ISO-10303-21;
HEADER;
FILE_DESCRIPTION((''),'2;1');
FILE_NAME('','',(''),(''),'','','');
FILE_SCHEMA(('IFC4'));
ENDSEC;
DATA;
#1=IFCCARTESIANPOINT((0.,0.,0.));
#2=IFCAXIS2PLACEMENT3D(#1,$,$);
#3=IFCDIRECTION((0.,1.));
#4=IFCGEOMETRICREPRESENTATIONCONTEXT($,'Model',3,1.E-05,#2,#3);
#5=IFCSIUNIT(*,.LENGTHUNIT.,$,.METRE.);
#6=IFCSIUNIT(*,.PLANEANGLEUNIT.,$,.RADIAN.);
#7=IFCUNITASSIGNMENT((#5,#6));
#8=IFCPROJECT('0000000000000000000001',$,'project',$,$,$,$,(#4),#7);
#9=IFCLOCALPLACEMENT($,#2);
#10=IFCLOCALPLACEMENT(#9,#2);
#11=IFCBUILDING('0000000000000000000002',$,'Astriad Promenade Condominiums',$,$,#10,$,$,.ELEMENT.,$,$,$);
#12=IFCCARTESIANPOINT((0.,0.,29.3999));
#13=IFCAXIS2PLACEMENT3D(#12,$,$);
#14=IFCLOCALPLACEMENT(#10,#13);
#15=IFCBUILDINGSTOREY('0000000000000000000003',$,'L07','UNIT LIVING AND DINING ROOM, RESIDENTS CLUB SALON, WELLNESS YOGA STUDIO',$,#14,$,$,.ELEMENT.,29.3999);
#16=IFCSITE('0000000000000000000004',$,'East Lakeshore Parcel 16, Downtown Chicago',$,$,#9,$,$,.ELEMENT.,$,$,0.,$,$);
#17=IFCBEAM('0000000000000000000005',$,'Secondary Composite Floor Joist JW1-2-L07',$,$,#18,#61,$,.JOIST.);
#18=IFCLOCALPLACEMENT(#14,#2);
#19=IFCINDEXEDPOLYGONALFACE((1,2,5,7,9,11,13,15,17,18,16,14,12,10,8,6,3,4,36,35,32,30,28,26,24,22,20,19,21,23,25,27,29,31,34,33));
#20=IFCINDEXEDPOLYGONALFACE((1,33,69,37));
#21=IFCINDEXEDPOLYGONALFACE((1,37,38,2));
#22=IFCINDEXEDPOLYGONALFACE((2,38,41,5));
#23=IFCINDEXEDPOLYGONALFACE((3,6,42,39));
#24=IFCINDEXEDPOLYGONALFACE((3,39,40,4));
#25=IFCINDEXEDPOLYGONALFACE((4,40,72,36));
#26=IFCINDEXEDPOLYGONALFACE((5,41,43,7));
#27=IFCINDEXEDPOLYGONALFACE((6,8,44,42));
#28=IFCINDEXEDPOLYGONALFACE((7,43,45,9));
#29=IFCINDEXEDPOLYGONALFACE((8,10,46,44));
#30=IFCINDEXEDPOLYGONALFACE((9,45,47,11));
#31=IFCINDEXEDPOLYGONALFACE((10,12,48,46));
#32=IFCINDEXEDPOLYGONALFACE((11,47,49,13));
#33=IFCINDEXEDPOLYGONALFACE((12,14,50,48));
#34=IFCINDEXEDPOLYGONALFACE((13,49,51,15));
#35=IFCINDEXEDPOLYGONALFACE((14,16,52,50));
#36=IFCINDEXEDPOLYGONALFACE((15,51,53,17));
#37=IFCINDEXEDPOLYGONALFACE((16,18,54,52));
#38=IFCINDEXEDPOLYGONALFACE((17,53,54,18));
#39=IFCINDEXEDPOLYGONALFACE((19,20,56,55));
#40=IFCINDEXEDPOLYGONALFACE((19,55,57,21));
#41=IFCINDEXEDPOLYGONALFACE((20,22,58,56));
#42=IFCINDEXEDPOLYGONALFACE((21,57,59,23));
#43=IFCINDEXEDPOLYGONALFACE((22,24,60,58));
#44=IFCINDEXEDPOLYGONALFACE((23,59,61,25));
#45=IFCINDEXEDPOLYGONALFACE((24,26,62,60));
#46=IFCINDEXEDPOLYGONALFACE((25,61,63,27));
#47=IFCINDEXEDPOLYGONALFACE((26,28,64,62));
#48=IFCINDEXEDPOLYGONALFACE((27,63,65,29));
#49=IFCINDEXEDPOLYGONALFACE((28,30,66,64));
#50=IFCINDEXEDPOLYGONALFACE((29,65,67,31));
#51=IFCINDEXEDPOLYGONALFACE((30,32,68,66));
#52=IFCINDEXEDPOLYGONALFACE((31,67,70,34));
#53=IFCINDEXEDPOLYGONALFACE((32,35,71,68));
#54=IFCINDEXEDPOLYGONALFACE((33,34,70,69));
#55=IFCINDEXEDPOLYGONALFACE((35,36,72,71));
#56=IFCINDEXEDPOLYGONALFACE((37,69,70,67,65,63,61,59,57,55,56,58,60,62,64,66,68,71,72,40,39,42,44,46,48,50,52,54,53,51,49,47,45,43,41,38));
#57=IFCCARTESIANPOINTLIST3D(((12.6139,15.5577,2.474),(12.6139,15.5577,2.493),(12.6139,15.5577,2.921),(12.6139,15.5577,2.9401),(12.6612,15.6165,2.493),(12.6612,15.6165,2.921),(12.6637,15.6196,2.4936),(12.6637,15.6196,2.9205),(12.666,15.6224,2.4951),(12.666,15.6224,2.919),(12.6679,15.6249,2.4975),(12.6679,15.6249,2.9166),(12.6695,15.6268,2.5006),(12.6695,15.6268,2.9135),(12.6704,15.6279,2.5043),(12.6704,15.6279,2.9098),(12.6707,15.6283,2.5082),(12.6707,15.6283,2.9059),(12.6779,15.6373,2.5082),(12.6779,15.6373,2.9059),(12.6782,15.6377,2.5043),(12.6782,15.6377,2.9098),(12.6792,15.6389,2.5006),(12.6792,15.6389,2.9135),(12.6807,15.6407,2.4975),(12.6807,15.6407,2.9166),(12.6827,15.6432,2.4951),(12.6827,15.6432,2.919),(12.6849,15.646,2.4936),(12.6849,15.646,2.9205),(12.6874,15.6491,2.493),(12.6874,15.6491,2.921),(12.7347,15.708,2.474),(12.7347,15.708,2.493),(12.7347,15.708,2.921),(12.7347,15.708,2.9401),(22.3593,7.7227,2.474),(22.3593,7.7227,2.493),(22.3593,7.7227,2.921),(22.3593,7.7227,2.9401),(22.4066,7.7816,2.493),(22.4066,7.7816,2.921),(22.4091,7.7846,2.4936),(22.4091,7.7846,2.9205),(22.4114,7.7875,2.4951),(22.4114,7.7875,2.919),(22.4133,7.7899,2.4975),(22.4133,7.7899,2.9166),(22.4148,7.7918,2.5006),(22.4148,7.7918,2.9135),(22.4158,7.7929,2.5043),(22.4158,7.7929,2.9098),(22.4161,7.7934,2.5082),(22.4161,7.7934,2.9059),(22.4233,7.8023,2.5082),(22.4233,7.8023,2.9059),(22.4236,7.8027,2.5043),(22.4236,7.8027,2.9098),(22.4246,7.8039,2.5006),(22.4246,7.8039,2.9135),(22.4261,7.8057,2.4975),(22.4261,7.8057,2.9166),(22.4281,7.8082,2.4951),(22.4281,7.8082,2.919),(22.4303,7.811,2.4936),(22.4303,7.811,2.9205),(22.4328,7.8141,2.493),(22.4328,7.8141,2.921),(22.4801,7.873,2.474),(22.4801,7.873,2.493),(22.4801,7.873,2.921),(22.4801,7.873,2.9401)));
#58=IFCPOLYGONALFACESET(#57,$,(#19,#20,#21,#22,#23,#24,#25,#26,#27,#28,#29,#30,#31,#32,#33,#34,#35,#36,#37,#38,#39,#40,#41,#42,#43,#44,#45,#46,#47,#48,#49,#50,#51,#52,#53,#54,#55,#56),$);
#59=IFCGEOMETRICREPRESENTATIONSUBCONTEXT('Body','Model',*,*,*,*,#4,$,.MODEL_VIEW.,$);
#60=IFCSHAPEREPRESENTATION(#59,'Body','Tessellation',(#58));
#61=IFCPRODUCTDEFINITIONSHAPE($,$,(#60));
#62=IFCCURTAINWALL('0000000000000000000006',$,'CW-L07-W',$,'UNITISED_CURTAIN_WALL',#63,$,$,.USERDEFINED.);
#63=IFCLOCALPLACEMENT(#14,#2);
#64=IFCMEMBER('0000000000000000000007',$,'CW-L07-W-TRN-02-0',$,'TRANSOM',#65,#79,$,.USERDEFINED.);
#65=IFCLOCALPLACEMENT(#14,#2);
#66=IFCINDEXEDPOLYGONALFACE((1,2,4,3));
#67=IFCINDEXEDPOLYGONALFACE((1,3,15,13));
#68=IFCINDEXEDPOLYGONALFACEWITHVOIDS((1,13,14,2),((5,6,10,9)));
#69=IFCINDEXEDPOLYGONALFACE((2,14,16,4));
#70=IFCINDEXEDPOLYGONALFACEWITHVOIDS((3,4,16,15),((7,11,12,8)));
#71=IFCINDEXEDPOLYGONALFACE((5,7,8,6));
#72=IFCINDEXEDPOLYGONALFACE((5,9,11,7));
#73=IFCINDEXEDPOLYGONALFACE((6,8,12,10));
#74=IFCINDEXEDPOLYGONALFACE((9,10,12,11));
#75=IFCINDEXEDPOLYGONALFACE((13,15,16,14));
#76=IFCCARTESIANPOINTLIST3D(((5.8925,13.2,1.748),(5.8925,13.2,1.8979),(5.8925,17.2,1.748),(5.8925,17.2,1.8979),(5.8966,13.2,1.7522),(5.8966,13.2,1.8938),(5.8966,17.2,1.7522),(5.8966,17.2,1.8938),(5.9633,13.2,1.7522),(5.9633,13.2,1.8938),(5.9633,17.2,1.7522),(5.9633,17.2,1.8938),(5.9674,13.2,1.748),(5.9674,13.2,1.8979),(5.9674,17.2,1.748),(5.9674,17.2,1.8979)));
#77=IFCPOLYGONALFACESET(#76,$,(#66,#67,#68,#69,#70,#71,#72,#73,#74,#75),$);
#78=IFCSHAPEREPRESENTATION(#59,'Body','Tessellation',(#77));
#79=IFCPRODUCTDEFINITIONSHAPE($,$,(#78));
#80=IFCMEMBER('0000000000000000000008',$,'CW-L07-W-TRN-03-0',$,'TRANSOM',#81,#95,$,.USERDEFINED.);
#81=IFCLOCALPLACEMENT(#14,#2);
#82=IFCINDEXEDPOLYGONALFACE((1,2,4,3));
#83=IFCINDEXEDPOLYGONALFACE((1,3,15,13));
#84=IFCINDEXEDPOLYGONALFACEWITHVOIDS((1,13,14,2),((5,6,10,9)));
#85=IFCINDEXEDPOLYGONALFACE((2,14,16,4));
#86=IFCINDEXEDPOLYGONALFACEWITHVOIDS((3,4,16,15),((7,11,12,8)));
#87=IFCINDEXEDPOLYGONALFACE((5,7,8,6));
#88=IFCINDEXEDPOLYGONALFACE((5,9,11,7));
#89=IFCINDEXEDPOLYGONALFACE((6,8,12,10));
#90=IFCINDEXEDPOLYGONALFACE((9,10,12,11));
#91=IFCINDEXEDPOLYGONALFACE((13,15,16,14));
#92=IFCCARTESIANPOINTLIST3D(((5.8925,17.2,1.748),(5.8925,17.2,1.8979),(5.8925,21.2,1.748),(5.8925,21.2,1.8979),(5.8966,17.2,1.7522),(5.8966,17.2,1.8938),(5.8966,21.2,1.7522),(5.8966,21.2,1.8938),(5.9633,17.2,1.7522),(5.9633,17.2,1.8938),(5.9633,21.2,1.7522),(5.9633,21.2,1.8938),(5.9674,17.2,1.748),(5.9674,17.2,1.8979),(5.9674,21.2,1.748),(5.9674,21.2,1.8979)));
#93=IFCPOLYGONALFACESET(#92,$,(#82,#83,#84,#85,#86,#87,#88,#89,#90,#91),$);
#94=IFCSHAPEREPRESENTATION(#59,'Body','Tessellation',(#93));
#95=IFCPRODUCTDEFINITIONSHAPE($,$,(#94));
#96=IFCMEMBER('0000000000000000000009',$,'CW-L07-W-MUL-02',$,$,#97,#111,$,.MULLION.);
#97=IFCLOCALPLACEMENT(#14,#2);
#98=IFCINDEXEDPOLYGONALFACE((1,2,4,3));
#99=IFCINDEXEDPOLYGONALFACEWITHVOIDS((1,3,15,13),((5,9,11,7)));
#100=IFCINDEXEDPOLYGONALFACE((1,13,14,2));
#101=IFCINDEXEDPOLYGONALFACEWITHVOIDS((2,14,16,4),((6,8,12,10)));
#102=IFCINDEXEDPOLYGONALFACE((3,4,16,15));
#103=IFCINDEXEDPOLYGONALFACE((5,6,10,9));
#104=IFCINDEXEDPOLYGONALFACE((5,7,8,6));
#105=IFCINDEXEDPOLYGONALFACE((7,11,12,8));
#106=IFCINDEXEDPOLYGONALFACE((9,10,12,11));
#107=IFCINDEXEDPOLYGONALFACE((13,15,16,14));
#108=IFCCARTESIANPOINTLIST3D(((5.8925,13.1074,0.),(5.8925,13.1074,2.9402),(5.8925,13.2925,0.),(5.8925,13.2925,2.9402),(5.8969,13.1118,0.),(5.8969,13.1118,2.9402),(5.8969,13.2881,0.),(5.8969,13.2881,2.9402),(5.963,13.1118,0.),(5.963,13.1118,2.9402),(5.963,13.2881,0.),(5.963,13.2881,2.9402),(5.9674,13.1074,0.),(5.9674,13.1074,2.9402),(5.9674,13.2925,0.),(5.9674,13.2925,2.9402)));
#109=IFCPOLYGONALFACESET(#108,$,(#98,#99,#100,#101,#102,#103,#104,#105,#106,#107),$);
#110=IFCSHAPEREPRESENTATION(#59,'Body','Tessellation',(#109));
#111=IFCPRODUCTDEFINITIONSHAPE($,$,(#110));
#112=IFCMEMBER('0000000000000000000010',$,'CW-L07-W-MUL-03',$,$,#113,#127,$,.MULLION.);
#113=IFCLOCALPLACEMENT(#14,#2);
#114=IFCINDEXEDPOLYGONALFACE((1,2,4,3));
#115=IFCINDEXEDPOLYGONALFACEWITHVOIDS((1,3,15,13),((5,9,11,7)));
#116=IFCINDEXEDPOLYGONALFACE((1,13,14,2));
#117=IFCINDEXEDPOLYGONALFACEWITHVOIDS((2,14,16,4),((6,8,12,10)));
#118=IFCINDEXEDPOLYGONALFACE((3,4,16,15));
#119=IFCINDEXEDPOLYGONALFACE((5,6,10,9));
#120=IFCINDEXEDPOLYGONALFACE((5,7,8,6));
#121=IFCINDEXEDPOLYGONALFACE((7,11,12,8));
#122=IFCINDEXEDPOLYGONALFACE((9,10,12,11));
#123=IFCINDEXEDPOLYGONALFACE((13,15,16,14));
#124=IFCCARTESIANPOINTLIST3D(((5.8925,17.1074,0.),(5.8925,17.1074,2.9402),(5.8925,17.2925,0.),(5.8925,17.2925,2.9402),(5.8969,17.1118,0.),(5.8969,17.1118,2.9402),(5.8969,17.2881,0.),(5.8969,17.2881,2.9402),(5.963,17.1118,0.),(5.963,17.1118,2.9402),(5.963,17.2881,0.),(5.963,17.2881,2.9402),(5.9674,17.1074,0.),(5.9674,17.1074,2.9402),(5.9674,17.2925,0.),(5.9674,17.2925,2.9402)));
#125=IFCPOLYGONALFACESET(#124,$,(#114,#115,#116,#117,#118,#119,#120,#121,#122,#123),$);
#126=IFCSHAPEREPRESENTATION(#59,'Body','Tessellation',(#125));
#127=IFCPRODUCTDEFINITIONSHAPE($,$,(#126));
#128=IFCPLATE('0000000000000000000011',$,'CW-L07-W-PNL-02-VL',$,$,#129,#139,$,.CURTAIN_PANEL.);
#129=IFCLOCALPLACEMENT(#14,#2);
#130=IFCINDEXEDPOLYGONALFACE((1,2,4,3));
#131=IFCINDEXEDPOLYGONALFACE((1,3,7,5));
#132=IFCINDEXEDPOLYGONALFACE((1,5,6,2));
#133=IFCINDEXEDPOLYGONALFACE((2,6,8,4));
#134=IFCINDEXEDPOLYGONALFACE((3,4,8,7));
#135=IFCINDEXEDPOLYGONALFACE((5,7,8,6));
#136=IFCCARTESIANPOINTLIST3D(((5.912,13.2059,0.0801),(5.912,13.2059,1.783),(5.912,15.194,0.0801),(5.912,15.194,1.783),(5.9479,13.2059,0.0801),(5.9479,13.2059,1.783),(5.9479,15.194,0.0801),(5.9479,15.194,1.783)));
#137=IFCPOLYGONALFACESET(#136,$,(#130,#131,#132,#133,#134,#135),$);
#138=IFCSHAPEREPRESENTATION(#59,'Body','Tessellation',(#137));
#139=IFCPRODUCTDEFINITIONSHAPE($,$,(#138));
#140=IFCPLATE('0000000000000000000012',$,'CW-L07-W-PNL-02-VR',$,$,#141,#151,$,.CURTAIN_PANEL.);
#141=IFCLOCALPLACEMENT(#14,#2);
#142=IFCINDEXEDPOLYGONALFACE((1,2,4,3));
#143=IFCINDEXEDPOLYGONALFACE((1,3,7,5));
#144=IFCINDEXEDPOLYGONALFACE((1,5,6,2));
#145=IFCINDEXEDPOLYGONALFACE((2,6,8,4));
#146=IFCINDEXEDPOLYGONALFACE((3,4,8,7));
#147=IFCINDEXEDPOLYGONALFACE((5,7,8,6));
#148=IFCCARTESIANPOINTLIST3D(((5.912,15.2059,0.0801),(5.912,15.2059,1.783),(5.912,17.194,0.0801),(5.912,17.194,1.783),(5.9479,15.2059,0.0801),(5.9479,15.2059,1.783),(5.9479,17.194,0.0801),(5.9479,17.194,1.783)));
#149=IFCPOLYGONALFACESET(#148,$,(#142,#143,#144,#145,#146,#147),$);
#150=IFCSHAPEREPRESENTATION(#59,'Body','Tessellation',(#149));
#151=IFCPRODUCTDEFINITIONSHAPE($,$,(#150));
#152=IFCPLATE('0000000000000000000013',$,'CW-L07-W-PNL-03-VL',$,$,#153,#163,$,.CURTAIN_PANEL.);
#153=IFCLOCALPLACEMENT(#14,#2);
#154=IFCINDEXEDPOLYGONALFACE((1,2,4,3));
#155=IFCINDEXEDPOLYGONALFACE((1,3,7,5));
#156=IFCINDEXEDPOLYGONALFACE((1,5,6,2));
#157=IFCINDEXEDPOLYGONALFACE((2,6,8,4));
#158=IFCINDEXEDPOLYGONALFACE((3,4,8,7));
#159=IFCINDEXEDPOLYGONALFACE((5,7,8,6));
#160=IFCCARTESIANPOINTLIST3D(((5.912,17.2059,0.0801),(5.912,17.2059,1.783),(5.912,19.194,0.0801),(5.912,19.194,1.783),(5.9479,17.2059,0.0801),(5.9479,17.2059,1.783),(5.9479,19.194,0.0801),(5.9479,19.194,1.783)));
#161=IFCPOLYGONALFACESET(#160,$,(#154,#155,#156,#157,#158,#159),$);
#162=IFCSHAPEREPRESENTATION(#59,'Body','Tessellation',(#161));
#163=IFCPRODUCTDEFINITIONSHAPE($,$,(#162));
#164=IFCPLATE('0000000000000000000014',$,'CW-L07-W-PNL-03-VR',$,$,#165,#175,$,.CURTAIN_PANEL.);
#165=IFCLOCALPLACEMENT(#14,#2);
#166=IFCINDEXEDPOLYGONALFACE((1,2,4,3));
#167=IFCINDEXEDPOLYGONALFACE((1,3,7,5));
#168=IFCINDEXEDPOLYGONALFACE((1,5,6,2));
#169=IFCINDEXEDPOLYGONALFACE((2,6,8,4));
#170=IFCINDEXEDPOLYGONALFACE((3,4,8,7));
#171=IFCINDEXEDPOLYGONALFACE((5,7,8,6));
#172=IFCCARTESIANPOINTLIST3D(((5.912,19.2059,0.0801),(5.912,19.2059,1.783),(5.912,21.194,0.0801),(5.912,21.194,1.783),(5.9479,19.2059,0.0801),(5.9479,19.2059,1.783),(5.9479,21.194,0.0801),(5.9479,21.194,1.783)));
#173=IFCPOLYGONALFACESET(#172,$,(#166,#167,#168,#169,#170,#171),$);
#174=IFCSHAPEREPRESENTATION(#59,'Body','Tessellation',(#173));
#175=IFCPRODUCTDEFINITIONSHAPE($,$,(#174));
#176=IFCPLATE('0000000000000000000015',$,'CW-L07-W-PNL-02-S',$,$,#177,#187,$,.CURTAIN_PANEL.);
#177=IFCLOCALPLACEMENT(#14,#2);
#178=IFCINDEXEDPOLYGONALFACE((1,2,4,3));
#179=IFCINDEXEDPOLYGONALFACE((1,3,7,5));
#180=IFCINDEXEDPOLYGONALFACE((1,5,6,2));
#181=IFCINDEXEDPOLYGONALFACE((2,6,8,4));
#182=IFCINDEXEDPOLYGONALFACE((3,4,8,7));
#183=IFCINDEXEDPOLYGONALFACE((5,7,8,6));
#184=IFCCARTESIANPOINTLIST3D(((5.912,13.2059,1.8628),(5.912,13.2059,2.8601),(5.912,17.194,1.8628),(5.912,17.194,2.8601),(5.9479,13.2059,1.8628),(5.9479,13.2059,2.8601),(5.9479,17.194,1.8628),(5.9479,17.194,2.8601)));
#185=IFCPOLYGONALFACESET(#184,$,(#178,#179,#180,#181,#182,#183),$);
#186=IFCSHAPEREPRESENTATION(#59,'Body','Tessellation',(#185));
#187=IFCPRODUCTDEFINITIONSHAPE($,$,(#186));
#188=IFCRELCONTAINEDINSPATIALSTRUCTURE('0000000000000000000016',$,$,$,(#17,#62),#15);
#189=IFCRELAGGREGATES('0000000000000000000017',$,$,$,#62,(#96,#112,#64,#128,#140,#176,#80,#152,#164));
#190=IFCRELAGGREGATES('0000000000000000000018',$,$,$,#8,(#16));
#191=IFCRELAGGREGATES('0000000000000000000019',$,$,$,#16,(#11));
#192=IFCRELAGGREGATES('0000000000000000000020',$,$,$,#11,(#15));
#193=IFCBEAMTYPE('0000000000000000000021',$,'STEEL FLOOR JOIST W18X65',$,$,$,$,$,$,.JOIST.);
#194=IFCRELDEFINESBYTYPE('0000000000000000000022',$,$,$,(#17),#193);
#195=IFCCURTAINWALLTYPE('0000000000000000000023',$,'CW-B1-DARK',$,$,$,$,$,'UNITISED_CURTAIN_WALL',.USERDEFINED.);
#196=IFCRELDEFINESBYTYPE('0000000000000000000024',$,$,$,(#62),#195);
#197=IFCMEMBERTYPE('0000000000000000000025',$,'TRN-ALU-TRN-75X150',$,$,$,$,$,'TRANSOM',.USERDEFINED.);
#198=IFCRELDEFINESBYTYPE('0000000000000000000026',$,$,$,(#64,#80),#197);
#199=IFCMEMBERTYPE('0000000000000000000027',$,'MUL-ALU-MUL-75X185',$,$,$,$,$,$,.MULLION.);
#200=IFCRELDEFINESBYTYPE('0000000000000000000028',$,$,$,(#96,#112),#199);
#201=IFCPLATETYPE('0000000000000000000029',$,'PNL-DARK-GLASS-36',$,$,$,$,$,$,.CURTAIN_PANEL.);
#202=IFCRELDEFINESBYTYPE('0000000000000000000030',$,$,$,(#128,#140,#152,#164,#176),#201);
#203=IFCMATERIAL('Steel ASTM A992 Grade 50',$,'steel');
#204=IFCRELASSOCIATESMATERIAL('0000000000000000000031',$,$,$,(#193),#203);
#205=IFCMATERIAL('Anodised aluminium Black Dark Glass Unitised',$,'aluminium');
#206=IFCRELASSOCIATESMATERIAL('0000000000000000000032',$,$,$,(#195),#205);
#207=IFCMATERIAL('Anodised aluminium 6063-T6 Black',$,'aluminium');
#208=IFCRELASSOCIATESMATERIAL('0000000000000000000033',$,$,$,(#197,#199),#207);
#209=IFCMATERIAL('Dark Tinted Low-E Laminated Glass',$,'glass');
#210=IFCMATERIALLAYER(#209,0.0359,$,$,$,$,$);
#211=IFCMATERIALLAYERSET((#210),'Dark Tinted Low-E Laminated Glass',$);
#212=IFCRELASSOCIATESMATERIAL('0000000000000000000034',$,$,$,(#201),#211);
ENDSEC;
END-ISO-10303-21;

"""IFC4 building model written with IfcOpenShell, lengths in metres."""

from ifc_helpers import new_model, si_unit, direction, frame, origin, origin_2d, place, context, subcontext, project, spatial, rectangle, hollow_rectangle, i_section, extrude, source, transform, mapped, material, layer, layer_set, material_profile, profile_set, type_object, type_shapes, element, aggregate, save


model = new_model("IFC4")

# Units and contexts
model_context = context("Model", 3, precision=1e-05, world=origin(), true_north=direction((0.0, 1.0)))
body_context = subcontext(model_context, "Body", "Model", "MODEL_VIEW")
ifc_project = project(units=[si_unit("LENGTHUNIT", "METRE"), si_unit("PLANEANGLEUNIT", "RADIAN")], contexts=[model_context])

# Site, building, storey
site_placement = place(None, origin())
site = spatial("IfcSite", under=ifc_project, at=site_placement, Name="East Lakeshore Parcel 16, Downtown Chicago", CompositionType="ELEMENT", RefElevation=0.0)
building_placement = place(site_placement, origin())
building = spatial("IfcBuilding", under=site, at=building_placement, Name="Astriad Promenade Condominiums", CompositionType="ELEMENT")
storey_placement = place(building_placement, frame((0.0, 0.0, 29.3999)))
storey = spatial("IfcBuildingStorey", under=building, at=storey_placement, Name="L07", Description="UNIT LIVING AND DINING ROOM, RESIDENTS CLUB SALON, WELLNESS YOGA STUDIO", CompositionType="ELEMENT", Elevation=29.3999)

# Beam
ifc_material_1 = material(Name="Steel ASTM A992 Grade 50", Category="steel")
ifc_material_profile_1 = material_profile(ifc_material_1, i_section(OverallWidth=0.1929, OverallDepth=0.4661, WebThickness=0.0115, FlangeThickness=0.019, FilletRadius=0.0151, at=origin_2d()), Name="W18X65")
ifc_profile_set_1 = profile_set([ifc_material_profile_1], Name="Steel ASTM A992 Grade 50")
beam_type_1 = type_object("IfcBeamType", Name="STEEL FLOOR JOIST W18X65", PredefinedType="JOIST", material=ifc_profile_set_1)
shared_shape_1 = source(origin(), body_context, "Body", "SweptSolid", [
    extrude(i_section(OverallWidth=0.1929, OverallDepth=0.4661, WebThickness=0.0115, FlangeThickness=0.019, FilletRadius=0.0151, at=origin_2d()), origin(), (0.0, 0.0, 1.0), 12.5044),
])
beam_1_placement = place(storey_placement, frame((12.6743, 15.6328, 2.707), z_axis=(0.779358, -0.626579, 0.0), x_axis=(0.626579, 0.779358, 0.0)))
element("IfcBeam", 1, at=beam_1_placement, inside=storey, type_object=beam_type_1, Name="Secondary Composite Floor Joist JW1-2-L07", PredefinedType="JOIST", context=body_context, shape_type="MappedRepresentation", body=[
    mapped(shared_shape_1, transform((0.0, 0.0, 0.0), scale=1.0)),
])

# Curtain wall, members, plates
ifc_material_2 = material(Name="Anodised aluminium Black Dark Glass Unitised", Category="aluminium")
curtain_wall_type = type_object("IfcCurtainWallType", Name="CW-B1-DARK", ElementType="UNITISED_CURTAIN_WALL", PredefinedType="USERDEFINED", material=ifc_material_2)
curtain_wall_placement = place(storey_placement, origin())
curtain_wall = element("IfcCurtainWall", 2, at=curtain_wall_placement, inside=storey, type_object=curtain_wall_type, Name="CW-L07-W", ObjectType="UNITISED_CURTAIN_WALL", PredefinedType="USERDEFINED")
ifc_material_3 = material(Name="Anodised aluminium 6063-T6 Black", Category="aluminium")
ifc_material_profile_2 = material_profile(ifc_material_3, hollow_rectangle(XDim=0.075, YDim=0.1499, WallThickness=0.0042, at=origin_2d()), Name="ALU-TRN-75X150")
ifc_profile_set_2 = profile_set([ifc_material_profile_2], Name="Anodised aluminium 6063-T6 Black")
member_type_1 = type_object("IfcMemberType", Name="TRN-ALU-TRN-75X150", ElementType="TRANSOM", PredefinedType="USERDEFINED", material=ifc_profile_set_2)
shared_shape_2 = source(origin(), body_context, "Body", "SweptSolid", [
    extrude(hollow_rectangle(XDim=0.075, YDim=0.1499, WallThickness=0.0042, at=origin_2d()), origin(), (0.0, 0.0, 1.0), 4.0),
])
type_shapes(member_type_1, [shared_shape_2])
member_1_placement = place(storey_placement, frame((5.9299, 13.2, 1.823), z_axis=(0.0, 1.0, 0.0), x_axis=(-1.0, 0.0, 0.0)))
member_1 = element("IfcMember", 3, at=member_1_placement, type_object=member_type_1, Name="CW-L07-W-TRN-02-0", ObjectType="TRANSOM", PredefinedType="USERDEFINED", context=body_context, shape_type="MappedRepresentation", body=[
    mapped(shared_shape_2, transform((0.0, 0.0, 0.0), scale=1.0)),
])
member_2_placement = place(storey_placement, frame((5.9299, 17.2, 1.823), z_axis=(0.0, 1.0, 0.0), x_axis=(-1.0, 0.0, 0.0)))
member_2 = element("IfcMember", 4, at=member_2_placement, type_object=member_type_1, Name="CW-L07-W-TRN-03-0", ObjectType="TRANSOM", PredefinedType="USERDEFINED", context=body_context, shape_type="MappedRepresentation", body=[
    mapped(shared_shape_2, transform((0.0, 0.0, 0.0), scale=1.0)),
])
ifc_material_profile_3 = material_profile(ifc_material_3, hollow_rectangle(XDim=0.075, YDim=0.1851, WallThickness=0.0044, at=origin_2d()), Name="ALU-MUL-75X185")
ifc_profile_set_3 = profile_set([ifc_material_profile_3], Name="Anodised aluminium 6063-T6 Black")
member_type_2 = type_object("IfcMemberType", Name="MUL-ALU-MUL-75X185", PredefinedType="MULLION", material=ifc_profile_set_3)
shared_shape_3 = source(origin(), body_context, "Body", "SweptSolid", [
    extrude(hollow_rectangle(XDim=0.075, YDim=0.1851, WallThickness=0.0044, at=origin_2d()), origin(), (0.0, 0.0, 1.0), 2.9402),
])
type_shapes(member_type_2, [shared_shape_3])
member_3_placement = place(storey_placement, frame((5.9299, 13.2, 0.0), z_axis=(0.0, 0.0, 1.0), x_axis=(1.0, 0.0, 0.0)))
member_3 = element("IfcMember", 5, at=member_3_placement, type_object=member_type_2, Name="CW-L07-W-MUL-02", PredefinedType="MULLION", context=body_context, shape_type="MappedRepresentation", body=[
    mapped(shared_shape_3, transform((0.0, 0.0, 0.0), scale=1.0)),
])
member_4_placement = place(storey_placement, frame((5.9299, 17.2, 0.0), z_axis=(0.0, 0.0, 1.0), x_axis=(1.0, 0.0, 0.0)))
member_4 = element("IfcMember", 6, at=member_4_placement, type_object=member_type_2, Name="CW-L07-W-MUL-03", PredefinedType="MULLION", context=body_context, shape_type="MappedRepresentation", body=[
    mapped(shared_shape_3, transform((0.0, 0.0, 0.0), scale=1.0)),
])
ifc_material_4 = material(Name="Dark Tinted Low-E Laminated Glass", Category="glass")
ifc_layer_1 = layer(ifc_material_4, 0.0359)
ifc_layer_set_1 = layer_set([ifc_layer_1], Name="Dark Tinted Low-E Laminated Glass")
plate_type = type_object("IfcPlateType", Name="PNL-DARK-GLASS-36", PredefinedType="CURTAIN_PANEL", material=ifc_layer_set_1)
shared_shape_4 = source(origin(), body_context, "Body", "SweptSolid", [
    extrude(rectangle(XDim=1.988, YDim=0.0359, at=origin_2d()), origin(), (0.0, 0.0, 1.0), 1.7029),
])
plate_1_placement = place(storey_placement, frame((5.9299, 14.2, 0.0801), z_axis=(0.0, 0.0, 1.0), x_axis=(0.0, 1.0, 0.0)))
plate_1 = element("IfcPlate", 7, at=plate_1_placement, type_object=plate_type, Name="CW-L07-W-PNL-02-VL", PredefinedType="CURTAIN_PANEL", context=body_context, shape_type="MappedRepresentation", body=[
    mapped(shared_shape_4, transform((0.0, 0.0, 0.0), scale=1.0)),
])
plate_2_placement = place(storey_placement, frame((5.9299, 16.2, 0.0801), z_axis=(0.0, 0.0, 1.0), x_axis=(0.0, 1.0, 0.0)))
plate_2 = element("IfcPlate", 8, at=plate_2_placement, type_object=plate_type, Name="CW-L07-W-PNL-02-VR", PredefinedType="CURTAIN_PANEL", context=body_context, shape_type="MappedRepresentation", body=[
    mapped(shared_shape_4, transform((0.0, 0.0, 0.0), scale=1.0)),
])
plate_3_placement = place(storey_placement, frame((5.9299, 18.2, 0.0801), z_axis=(0.0, 0.0, 1.0), x_axis=(0.0, 1.0, 0.0)))
plate_3 = element("IfcPlate", 9, at=plate_3_placement, type_object=plate_type, Name="CW-L07-W-PNL-03-VL", PredefinedType="CURTAIN_PANEL", context=body_context, shape_type="MappedRepresentation", body=[
    mapped(shared_shape_4, transform((0.0, 0.0, 0.0), scale=1.0)),
])
plate_4_placement = place(storey_placement, frame((5.9299, 20.2, 0.0801), z_axis=(0.0, 0.0, 1.0), x_axis=(0.0, 1.0, 0.0)))
plate_4 = element("IfcPlate", 10, at=plate_4_placement, type_object=plate_type, Name="CW-L07-W-PNL-03-VR", PredefinedType="CURTAIN_PANEL", context=body_context, shape_type="MappedRepresentation", body=[
    mapped(shared_shape_4, transform((0.0, 0.0, 0.0), scale=1.0)),
])
shared_shape_5 = source(origin(), body_context, "Body", "SweptSolid", [
    extrude(rectangle(XDim=3.988, YDim=0.0359, at=origin_2d()), origin(), (0.0, 0.0, 1.0), 0.9973),
])
type_shapes(plate_type, [shared_shape_4, shared_shape_5])
plate_5_placement = place(storey_placement, frame((5.9299, 15.2, 1.8628), z_axis=(0.0, 0.0, 1.0), x_axis=(0.0, 1.0, 0.0)))
plate_5 = element("IfcPlate", 11, at=plate_5_placement, type_object=plate_type, Name="CW-L07-W-PNL-02-S", PredefinedType="CURTAIN_PANEL", context=body_context, shape_type="MappedRepresentation", body=[
    mapped(shared_shape_5, transform((0.0, 0.0, 0.0), scale=1.0)),
])
aggregate(curtain_wall, [member_3, member_4, member_1, plate_1, plate_2, plate_5, member_2, plate_3, plate_4])

save(model, "model.ifc")
